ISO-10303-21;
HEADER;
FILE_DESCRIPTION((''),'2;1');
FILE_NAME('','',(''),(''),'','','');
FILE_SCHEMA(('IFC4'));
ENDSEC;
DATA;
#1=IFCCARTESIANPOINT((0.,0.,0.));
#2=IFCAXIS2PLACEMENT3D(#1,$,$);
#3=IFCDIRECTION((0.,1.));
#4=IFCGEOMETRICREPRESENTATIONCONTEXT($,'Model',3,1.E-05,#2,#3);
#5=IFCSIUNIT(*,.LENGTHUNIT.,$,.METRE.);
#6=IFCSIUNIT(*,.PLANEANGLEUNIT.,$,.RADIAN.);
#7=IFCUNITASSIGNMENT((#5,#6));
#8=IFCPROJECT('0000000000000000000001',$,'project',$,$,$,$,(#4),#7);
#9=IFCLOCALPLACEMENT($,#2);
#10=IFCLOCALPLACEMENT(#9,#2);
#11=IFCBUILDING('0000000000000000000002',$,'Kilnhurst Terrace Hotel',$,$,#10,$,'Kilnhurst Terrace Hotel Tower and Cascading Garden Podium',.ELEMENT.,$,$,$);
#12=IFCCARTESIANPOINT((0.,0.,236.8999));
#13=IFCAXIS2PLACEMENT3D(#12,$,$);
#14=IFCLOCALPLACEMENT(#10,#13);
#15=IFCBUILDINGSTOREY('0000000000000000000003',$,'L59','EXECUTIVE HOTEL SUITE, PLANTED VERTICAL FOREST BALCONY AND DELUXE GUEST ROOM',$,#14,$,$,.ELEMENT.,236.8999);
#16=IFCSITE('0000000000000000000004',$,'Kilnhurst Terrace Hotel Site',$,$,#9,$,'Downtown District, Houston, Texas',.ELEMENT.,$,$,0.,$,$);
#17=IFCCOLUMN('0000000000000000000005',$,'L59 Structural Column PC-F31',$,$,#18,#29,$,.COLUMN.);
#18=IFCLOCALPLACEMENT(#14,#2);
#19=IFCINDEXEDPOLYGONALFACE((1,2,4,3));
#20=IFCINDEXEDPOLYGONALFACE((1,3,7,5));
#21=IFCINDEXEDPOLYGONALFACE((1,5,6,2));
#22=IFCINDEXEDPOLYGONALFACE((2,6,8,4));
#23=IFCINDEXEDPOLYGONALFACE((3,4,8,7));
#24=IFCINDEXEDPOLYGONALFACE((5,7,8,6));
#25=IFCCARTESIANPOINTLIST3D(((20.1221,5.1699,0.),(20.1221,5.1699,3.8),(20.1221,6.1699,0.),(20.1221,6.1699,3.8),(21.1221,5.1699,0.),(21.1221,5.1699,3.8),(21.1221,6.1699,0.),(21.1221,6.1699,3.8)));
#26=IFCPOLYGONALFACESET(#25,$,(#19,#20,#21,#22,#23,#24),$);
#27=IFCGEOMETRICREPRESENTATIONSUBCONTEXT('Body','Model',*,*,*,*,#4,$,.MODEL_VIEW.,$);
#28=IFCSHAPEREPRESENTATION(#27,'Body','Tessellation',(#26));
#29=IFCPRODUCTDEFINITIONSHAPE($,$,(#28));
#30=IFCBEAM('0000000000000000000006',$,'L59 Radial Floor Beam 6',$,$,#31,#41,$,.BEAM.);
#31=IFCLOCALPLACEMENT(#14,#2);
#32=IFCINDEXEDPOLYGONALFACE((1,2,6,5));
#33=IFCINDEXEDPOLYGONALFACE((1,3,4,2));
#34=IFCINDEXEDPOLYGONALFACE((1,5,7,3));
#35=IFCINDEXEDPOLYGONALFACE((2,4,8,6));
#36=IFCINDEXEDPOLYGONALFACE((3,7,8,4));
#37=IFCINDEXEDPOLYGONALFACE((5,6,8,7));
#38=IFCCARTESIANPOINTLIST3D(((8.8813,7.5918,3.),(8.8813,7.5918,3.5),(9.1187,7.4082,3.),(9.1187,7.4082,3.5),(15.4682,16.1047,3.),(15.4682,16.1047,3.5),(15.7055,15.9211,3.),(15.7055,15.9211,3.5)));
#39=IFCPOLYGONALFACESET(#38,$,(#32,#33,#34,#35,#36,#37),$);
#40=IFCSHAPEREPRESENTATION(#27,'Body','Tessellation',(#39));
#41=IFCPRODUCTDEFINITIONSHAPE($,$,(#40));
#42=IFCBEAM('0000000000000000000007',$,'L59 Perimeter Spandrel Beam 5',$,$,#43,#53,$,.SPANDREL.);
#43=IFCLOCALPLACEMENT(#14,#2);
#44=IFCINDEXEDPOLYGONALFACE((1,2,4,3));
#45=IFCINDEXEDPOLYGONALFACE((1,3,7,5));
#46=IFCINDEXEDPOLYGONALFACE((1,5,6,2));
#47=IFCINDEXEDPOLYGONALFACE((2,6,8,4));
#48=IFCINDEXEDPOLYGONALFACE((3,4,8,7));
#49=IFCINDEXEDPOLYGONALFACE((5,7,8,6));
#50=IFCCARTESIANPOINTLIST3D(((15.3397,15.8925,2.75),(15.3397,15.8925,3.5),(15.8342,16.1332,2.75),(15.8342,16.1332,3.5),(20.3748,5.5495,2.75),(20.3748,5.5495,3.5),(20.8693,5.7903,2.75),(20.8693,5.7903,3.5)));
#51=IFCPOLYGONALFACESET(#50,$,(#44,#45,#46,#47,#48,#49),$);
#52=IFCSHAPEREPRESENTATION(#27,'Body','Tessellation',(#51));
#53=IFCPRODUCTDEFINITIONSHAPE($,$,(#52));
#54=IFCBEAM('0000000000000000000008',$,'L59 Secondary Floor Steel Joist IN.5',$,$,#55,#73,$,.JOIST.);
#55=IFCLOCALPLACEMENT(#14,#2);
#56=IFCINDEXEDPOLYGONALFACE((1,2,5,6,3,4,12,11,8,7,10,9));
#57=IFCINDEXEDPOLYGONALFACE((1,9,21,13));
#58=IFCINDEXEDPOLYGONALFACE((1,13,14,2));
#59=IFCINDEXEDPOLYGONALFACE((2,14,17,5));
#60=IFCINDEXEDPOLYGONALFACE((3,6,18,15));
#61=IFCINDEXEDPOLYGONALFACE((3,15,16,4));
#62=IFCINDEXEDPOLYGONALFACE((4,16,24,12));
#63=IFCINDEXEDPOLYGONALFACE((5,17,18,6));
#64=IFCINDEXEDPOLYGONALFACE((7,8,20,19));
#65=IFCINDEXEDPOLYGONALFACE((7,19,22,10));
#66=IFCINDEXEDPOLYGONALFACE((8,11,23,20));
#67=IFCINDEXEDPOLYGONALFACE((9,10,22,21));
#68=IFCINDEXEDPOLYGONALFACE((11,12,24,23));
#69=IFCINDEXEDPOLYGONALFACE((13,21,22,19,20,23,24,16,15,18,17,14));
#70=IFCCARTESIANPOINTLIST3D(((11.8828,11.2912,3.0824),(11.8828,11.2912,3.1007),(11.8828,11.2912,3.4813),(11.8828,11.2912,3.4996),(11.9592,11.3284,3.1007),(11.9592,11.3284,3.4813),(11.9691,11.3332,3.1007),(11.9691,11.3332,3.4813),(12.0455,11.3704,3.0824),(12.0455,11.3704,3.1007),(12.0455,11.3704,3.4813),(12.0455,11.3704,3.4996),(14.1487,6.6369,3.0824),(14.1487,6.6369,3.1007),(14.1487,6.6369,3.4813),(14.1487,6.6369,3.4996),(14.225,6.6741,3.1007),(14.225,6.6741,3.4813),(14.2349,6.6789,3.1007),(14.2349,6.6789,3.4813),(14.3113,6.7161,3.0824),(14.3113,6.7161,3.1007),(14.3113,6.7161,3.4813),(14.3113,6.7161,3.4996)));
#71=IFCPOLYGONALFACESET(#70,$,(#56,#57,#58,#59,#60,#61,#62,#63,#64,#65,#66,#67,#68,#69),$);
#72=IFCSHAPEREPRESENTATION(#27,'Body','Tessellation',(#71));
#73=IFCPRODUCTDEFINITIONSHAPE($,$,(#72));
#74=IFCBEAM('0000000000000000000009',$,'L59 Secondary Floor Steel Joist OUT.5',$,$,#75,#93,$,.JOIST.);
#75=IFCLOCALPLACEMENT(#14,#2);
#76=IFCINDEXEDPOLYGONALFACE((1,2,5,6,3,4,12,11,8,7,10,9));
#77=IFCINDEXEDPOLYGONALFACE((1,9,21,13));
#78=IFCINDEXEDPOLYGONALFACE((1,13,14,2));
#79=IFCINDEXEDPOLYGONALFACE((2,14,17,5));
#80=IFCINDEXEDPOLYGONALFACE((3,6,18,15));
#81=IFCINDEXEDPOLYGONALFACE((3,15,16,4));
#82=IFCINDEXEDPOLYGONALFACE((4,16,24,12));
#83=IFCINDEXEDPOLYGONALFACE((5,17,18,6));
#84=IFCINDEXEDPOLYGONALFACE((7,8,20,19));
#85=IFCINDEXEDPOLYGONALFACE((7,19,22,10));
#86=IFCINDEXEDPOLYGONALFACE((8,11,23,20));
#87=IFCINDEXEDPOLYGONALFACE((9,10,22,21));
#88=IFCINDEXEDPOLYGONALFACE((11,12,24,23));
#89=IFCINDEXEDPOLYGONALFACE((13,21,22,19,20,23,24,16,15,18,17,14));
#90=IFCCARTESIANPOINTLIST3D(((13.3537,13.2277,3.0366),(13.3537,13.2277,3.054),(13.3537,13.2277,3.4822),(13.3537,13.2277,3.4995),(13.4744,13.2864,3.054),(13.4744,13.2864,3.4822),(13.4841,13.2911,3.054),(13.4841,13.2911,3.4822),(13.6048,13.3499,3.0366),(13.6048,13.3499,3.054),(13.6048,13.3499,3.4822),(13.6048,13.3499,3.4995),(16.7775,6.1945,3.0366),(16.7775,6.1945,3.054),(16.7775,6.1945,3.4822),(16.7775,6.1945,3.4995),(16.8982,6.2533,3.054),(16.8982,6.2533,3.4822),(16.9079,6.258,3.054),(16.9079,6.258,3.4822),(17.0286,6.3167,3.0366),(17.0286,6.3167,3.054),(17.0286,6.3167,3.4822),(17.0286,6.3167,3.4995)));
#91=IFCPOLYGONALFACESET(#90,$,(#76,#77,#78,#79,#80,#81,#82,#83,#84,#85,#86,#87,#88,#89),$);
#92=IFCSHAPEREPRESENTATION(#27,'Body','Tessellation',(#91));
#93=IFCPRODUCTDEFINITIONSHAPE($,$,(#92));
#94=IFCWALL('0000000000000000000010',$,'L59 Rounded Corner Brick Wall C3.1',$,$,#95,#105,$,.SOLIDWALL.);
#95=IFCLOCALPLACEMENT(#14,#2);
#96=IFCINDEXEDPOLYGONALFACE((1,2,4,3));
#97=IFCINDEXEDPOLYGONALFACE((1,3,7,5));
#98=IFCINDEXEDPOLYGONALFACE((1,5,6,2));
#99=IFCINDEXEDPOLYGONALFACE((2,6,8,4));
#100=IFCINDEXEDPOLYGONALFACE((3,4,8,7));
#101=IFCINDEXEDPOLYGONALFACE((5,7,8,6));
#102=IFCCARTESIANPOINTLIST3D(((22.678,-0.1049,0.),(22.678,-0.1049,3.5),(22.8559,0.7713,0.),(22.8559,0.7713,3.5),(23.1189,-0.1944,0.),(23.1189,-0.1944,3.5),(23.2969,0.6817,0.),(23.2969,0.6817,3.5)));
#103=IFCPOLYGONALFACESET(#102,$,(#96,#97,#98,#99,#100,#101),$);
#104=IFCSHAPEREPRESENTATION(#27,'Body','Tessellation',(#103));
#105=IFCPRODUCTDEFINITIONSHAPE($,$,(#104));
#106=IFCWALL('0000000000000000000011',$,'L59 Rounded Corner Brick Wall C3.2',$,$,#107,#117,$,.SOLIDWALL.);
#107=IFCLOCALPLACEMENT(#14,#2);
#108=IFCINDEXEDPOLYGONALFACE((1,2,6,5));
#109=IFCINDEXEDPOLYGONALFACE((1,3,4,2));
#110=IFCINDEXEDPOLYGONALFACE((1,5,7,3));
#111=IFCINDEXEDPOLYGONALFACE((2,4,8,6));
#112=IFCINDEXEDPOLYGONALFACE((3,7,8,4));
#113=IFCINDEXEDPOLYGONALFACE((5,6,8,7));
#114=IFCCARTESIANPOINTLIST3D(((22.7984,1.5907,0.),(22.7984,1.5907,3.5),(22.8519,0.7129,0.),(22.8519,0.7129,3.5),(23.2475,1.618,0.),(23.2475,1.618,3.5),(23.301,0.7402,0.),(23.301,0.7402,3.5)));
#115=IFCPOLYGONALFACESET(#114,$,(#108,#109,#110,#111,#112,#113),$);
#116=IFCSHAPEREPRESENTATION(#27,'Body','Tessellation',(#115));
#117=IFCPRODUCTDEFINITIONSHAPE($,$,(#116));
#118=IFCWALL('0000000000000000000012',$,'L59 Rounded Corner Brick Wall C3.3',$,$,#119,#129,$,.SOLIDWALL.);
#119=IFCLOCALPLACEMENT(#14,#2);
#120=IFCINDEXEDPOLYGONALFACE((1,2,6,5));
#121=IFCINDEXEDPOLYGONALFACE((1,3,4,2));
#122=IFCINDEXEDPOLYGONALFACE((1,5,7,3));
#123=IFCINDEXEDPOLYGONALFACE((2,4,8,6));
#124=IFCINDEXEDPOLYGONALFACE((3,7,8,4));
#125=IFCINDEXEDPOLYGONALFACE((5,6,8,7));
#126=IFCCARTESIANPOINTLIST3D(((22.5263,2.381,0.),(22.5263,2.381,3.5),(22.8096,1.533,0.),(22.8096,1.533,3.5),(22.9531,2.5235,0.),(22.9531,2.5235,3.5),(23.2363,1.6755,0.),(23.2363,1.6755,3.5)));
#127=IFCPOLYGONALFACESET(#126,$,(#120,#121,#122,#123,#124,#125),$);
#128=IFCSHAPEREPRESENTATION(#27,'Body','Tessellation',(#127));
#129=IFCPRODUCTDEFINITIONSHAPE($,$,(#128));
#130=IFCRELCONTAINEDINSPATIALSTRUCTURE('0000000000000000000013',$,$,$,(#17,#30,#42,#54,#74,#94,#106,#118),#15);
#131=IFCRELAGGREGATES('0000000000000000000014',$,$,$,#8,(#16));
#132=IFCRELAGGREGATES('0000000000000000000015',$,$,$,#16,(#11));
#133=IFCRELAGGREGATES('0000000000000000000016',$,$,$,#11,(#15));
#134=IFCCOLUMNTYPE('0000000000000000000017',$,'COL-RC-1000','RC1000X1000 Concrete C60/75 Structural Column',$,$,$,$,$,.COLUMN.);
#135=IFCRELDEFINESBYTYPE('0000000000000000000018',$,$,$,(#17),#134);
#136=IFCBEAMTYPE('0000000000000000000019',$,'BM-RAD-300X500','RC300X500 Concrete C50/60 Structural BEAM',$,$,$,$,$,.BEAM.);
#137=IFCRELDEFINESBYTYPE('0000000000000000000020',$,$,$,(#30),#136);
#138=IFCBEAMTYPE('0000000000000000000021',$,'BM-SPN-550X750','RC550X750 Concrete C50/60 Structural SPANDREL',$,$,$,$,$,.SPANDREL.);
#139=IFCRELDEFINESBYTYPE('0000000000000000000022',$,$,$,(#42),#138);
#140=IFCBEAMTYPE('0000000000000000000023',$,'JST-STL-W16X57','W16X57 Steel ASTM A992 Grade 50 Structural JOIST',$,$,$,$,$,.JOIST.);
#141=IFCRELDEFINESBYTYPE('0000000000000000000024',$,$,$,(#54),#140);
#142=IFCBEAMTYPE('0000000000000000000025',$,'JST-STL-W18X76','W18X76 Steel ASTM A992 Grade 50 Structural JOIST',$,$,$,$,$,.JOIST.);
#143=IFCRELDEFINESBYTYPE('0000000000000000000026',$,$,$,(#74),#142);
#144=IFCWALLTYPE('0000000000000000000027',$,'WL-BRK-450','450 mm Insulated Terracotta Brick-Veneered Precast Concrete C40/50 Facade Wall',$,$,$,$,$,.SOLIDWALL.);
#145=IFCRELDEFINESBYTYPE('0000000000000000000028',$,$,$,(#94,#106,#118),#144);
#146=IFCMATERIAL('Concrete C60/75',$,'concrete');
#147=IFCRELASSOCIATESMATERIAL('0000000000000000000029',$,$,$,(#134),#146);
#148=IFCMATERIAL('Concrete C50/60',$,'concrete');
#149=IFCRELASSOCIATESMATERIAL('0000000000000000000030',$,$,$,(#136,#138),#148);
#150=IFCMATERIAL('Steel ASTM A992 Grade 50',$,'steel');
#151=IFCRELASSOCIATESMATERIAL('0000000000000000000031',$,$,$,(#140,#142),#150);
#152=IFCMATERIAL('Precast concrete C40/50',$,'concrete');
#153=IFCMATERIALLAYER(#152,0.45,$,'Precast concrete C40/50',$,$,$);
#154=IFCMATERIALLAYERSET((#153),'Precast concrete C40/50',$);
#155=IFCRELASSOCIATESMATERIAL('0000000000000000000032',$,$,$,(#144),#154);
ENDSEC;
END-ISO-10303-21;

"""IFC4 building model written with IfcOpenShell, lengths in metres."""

from ifc_helpers import new_model, si_unit, direction, frame, frame_2d, origin, origin_2d, place, context, subcontext, project, spatial, rectangle, i_section, extrude, material, layer, layer_set, material_profile, profile_set, type_object, element, save


model = new_model("IFC4")

# Units and contexts
model_context = context("Model", 3, precision=1e-05, world=origin(), true_north=direction((0.0, 1.0)))
body_context = subcontext(model_context, "Body", "Model", "MODEL_VIEW")
ifc_project = project(units=[si_unit("LENGTHUNIT", "METRE"), si_unit("PLANEANGLEUNIT", "RADIAN")], contexts=[model_context])

# Site, building, storey
site_placement = place(None, origin())
site = spatial("IfcSite", under=ifc_project, at=site_placement, Name="Kilnhurst Terrace Hotel Site", LongName="Downtown District, Houston, Texas", CompositionType="ELEMENT", RefElevation=0.0)
building_placement = place(site_placement, origin())
building = spatial("IfcBuilding", under=site, at=building_placement, Name="Kilnhurst Terrace Hotel", LongName="Kilnhurst Terrace Hotel Tower and Cascading Garden Podium", CompositionType="ELEMENT")
storey_placement = place(building_placement, frame((0.0, 0.0, 236.8999)))
storey = spatial("IfcBuildingStorey", under=building, at=storey_placement, Name="L59", Description="EXECUTIVE HOTEL SUITE, PLANTED VERTICAL FOREST BALCONY AND DELUXE GUEST ROOM", CompositionType="ELEMENT", Elevation=236.8999)

# Column
ifc_material_1 = material(Name="Concrete C60/75", Category="concrete")
ifc_material_profile_1 = material_profile(ifc_material_1, rectangle(XDim=1.0, YDim=1.0, at=origin_2d()), Name="RC1000X1000")
ifc_profile_set_1 = profile_set([ifc_material_profile_1], Name="Concrete C60/75")
column_type = type_object("IfcColumnType", Name="COL-RC-1000", Description="RC1000X1000 Concrete C60/75 Structural Column", PredefinedType="COLUMN", material=ifc_profile_set_1)
column_placement = place(storey_placement, frame((20.6221, 5.6699, 0.0), z_axis=(0.0, 0.0, 1.0), x_axis=(1.0, 0.0, 0.0)))
element("IfcColumn", 1, at=column_placement, inside=storey, type_object=column_type, Name="L59 Structural Column PC-F31", PredefinedType="COLUMN", context=body_context, shape_type="SweptSolid", body=[
    extrude(rectangle(XDim=1.0, YDim=1.0, at=origin_2d()), origin(), (0.0, 0.0, 1.0), 3.8),
])

# Beams
ifc_material_2 = material(Name="Concrete C50/60", Category="concrete")
ifc_material_profile_2 = material_profile(ifc_material_2, rectangle(XDim=0.3, YDim=0.5, at=origin_2d()), Name="RC300X500")
ifc_profile_set_2 = profile_set([ifc_material_profile_2], Name="Concrete C50/60")
beam_type_1 = type_object("IfcBeamType", Name="BM-RAD-300X500", Description="RC300X500 Concrete C50/60 Structural BEAM", PredefinedType="BEAM", material=ifc_profile_set_2)
beam_1_placement = place(storey_placement, frame((9.0, 7.5, 3.25), z_axis=(0.611955, 0.790892, 0.0), x_axis=(-0.790892, 0.611955, 0.0)))
element("IfcBeam", 2, at=beam_1_placement, inside=storey, type_object=beam_type_1, Name="L59 Radial Floor Beam 6", PredefinedType="BEAM", context=body_context, shape_type="SweptSolid", body=[
    extrude(rectangle(XDim=0.3, YDim=0.5, at=origin_2d()), origin(), (0.0, 0.0, 1.0), 10.7637),
])
ifc_material_profile_3 = material_profile(ifc_material_2, rectangle(XDim=0.55, YDim=0.75, at=origin_2d()), Name="RC550X750")
ifc_profile_set_3 = profile_set([ifc_material_profile_3], Name="Concrete C50/60")
beam_type_2 = type_object("IfcBeamType", Name="BM-SPN-550X750", Description="RC550X750 Concrete C50/60 Structural SPANDREL", PredefinedType="SPANDREL", material=ifc_profile_set_3)
beam_2_placement = place(storey_placement, frame((20.6221, 5.6699, 3.125), z_axis=(-0.437706, 0.899118, 0.0), x_axis=(-0.899118, -0.437706, 0.0)))
element("IfcBeam", 3, at=beam_2_placement, inside=storey, type_object=beam_type_2, Name="L59 Perimeter Spandrel Beam 5", PredefinedType="SPANDREL", context=body_context, shape_type="SweptSolid", body=[
    extrude(rectangle(XDim=0.55, YDim=0.75, at=origin_2d()), origin(), (0.0, 0.0, 1.0), 11.5034),
])
ifc_material_3 = material(Name="Steel ASTM A992 Grade 50", Category="steel")
ifc_material_profile_4 = material_profile(ifc_material_3, i_section(OverallWidth=0.1809, OverallDepth=0.4172, WebThickness=0.011, FlangeThickness=0.0183, at=origin_2d()), Name="W16X57")
ifc_profile_set_4 = profile_set([ifc_material_profile_4], Name="Steel ASTM A992 Grade 50")
beam_type_3 = type_object("IfcBeamType", Name="JST-STL-W16X57", Description="W16X57 Steel ASTM A992 Grade 50 Structural JOIST", PredefinedType="JOIST", material=ifc_profile_set_4)
beam_3_placement = place(storey_placement, frame((14.23, 6.6765, 3.291), z_axis=(-0.437718, 0.899112, 0.0), x_axis=(-0.899112, -0.437718, 0.0)))
element("IfcBeam", 4, at=beam_3_placement, inside=storey, type_object=beam_type_3, Name="L59 Secondary Floor Steel Joist IN.5", PredefinedType="JOIST", context=body_context, shape_type="SweptSolid", body=[
    extrude(i_section(OverallWidth=0.1809, OverallDepth=0.4172, WebThickness=0.011, FlangeThickness=0.0183, at=origin_2d()), origin(), (0.0, 0.0, 1.0), 5.1765),
])
ifc_material_profile_5 = material_profile(ifc_material_3, i_section(OverallWidth=0.2793, OverallDepth=0.4629, WebThickness=0.0107, FlangeThickness=0.0173, at=origin_2d()), Name="W18X76")
ifc_profile_set_5 = profile_set([ifc_material_profile_5], Name="Steel ASTM A992 Grade 50")
beam_type_4 = type_object("IfcBeamType", Name="JST-STL-W18X76", Description="W18X76 Steel ASTM A992 Grade 50 Structural JOIST", PredefinedType="JOIST", material=ifc_profile_set_5)
beam_4_placement = place(storey_placement, frame((16.9031, 6.2556, 3.2681), z_axis=(-0.4377, 0.899121, 0.0), x_axis=(-0.899121, -0.4377, 0.0)))
element("IfcBeam", 5, at=beam_4_placement, inside=storey, type_object=beam_type_4, Name="L59 Secondary Floor Steel Joist OUT.5", PredefinedType="JOIST", context=body_context, shape_type="SweptSolid", body=[
    extrude(i_section(OverallWidth=0.2793, OverallDepth=0.4629, WebThickness=0.0107, FlangeThickness=0.0173, at=origin_2d()), origin(), (0.0, 0.0, 1.0), 7.8223),
])

# Walls
ifc_material_4 = material(Name="Precast concrete C40/50", Category="concrete")
ifc_layer_1 = layer(ifc_material_4, 0.45, Name="Precast concrete C40/50")
ifc_layer_set_1 = layer_set([ifc_layer_1], Name="Precast concrete C40/50")
wall_type_1 = type_object("IfcWallType", Name="WL-BRK-450", Description="450 mm Insulated Terracotta Brick-Veneered Precast Concrete C40/50 Facade Wall", PredefinedType="SOLIDWALL", material=ifc_layer_set_1)
wall_1_placement = place(storey_placement, frame((22.8984, -0.1497, 0.0), z_axis=(0.0, 0.0, 1.0), x_axis=(0.199056, 0.979988, 0.0)))
element("IfcWall", 6, at=wall_1_placement, inside=storey, type_object=wall_type_1, Name="L59 Rounded Corner Brick Wall C3.1", PredefinedType="SOLIDWALL", context=body_context, shape_type="SweptSolid", body=[
    extrude(rectangle(XDim=0.894, YDim=0.45, at=frame_2d((0.447, 0.0))), origin(), (0.0, 0.0, 1.0), 3.5),
])
wall_2_placement = place(storey_placement, frame((23.0764, 0.7266, 0.0), z_axis=(0.0, 0.0, 1.0), x_axis=(-0.060805, 0.99815, 0.0)))
element("IfcWall", 7, at=wall_2_placement, inside=storey, type_object=wall_type_1, Name="L59 Rounded Corner Brick Wall C3.2", PredefinedType="SOLIDWALL", context=body_context, shape_type="SweptSolid", body=[
    extrude(rectangle(XDim=0.8794, YDim=0.45, at=frame_2d((0.4397, 0.0))), origin(), (0.0, 0.0, 1.0), 3.5),
])
wall_3_placement = place(storey_placement, frame((23.0229, 1.6042, 0.0), z_axis=(0.0, 0.0, 1.0), x_axis=(-0.316801, 0.948492, 0.0)))
element("IfcWall", 8, at=wall_3_placement, inside=storey, type_object=wall_type_1, Name="L59 Rounded Corner Brick Wall C3.3", PredefinedType="SOLIDWALL", context=body_context, shape_type="SweptSolid", body=[
    extrude(rectangle(XDim=0.894, YDim=0.45, at=frame_2d((0.447, 0.0))), origin(), (0.0, 0.0, 1.0), 3.5),
])

save(model, "model.ifc")
